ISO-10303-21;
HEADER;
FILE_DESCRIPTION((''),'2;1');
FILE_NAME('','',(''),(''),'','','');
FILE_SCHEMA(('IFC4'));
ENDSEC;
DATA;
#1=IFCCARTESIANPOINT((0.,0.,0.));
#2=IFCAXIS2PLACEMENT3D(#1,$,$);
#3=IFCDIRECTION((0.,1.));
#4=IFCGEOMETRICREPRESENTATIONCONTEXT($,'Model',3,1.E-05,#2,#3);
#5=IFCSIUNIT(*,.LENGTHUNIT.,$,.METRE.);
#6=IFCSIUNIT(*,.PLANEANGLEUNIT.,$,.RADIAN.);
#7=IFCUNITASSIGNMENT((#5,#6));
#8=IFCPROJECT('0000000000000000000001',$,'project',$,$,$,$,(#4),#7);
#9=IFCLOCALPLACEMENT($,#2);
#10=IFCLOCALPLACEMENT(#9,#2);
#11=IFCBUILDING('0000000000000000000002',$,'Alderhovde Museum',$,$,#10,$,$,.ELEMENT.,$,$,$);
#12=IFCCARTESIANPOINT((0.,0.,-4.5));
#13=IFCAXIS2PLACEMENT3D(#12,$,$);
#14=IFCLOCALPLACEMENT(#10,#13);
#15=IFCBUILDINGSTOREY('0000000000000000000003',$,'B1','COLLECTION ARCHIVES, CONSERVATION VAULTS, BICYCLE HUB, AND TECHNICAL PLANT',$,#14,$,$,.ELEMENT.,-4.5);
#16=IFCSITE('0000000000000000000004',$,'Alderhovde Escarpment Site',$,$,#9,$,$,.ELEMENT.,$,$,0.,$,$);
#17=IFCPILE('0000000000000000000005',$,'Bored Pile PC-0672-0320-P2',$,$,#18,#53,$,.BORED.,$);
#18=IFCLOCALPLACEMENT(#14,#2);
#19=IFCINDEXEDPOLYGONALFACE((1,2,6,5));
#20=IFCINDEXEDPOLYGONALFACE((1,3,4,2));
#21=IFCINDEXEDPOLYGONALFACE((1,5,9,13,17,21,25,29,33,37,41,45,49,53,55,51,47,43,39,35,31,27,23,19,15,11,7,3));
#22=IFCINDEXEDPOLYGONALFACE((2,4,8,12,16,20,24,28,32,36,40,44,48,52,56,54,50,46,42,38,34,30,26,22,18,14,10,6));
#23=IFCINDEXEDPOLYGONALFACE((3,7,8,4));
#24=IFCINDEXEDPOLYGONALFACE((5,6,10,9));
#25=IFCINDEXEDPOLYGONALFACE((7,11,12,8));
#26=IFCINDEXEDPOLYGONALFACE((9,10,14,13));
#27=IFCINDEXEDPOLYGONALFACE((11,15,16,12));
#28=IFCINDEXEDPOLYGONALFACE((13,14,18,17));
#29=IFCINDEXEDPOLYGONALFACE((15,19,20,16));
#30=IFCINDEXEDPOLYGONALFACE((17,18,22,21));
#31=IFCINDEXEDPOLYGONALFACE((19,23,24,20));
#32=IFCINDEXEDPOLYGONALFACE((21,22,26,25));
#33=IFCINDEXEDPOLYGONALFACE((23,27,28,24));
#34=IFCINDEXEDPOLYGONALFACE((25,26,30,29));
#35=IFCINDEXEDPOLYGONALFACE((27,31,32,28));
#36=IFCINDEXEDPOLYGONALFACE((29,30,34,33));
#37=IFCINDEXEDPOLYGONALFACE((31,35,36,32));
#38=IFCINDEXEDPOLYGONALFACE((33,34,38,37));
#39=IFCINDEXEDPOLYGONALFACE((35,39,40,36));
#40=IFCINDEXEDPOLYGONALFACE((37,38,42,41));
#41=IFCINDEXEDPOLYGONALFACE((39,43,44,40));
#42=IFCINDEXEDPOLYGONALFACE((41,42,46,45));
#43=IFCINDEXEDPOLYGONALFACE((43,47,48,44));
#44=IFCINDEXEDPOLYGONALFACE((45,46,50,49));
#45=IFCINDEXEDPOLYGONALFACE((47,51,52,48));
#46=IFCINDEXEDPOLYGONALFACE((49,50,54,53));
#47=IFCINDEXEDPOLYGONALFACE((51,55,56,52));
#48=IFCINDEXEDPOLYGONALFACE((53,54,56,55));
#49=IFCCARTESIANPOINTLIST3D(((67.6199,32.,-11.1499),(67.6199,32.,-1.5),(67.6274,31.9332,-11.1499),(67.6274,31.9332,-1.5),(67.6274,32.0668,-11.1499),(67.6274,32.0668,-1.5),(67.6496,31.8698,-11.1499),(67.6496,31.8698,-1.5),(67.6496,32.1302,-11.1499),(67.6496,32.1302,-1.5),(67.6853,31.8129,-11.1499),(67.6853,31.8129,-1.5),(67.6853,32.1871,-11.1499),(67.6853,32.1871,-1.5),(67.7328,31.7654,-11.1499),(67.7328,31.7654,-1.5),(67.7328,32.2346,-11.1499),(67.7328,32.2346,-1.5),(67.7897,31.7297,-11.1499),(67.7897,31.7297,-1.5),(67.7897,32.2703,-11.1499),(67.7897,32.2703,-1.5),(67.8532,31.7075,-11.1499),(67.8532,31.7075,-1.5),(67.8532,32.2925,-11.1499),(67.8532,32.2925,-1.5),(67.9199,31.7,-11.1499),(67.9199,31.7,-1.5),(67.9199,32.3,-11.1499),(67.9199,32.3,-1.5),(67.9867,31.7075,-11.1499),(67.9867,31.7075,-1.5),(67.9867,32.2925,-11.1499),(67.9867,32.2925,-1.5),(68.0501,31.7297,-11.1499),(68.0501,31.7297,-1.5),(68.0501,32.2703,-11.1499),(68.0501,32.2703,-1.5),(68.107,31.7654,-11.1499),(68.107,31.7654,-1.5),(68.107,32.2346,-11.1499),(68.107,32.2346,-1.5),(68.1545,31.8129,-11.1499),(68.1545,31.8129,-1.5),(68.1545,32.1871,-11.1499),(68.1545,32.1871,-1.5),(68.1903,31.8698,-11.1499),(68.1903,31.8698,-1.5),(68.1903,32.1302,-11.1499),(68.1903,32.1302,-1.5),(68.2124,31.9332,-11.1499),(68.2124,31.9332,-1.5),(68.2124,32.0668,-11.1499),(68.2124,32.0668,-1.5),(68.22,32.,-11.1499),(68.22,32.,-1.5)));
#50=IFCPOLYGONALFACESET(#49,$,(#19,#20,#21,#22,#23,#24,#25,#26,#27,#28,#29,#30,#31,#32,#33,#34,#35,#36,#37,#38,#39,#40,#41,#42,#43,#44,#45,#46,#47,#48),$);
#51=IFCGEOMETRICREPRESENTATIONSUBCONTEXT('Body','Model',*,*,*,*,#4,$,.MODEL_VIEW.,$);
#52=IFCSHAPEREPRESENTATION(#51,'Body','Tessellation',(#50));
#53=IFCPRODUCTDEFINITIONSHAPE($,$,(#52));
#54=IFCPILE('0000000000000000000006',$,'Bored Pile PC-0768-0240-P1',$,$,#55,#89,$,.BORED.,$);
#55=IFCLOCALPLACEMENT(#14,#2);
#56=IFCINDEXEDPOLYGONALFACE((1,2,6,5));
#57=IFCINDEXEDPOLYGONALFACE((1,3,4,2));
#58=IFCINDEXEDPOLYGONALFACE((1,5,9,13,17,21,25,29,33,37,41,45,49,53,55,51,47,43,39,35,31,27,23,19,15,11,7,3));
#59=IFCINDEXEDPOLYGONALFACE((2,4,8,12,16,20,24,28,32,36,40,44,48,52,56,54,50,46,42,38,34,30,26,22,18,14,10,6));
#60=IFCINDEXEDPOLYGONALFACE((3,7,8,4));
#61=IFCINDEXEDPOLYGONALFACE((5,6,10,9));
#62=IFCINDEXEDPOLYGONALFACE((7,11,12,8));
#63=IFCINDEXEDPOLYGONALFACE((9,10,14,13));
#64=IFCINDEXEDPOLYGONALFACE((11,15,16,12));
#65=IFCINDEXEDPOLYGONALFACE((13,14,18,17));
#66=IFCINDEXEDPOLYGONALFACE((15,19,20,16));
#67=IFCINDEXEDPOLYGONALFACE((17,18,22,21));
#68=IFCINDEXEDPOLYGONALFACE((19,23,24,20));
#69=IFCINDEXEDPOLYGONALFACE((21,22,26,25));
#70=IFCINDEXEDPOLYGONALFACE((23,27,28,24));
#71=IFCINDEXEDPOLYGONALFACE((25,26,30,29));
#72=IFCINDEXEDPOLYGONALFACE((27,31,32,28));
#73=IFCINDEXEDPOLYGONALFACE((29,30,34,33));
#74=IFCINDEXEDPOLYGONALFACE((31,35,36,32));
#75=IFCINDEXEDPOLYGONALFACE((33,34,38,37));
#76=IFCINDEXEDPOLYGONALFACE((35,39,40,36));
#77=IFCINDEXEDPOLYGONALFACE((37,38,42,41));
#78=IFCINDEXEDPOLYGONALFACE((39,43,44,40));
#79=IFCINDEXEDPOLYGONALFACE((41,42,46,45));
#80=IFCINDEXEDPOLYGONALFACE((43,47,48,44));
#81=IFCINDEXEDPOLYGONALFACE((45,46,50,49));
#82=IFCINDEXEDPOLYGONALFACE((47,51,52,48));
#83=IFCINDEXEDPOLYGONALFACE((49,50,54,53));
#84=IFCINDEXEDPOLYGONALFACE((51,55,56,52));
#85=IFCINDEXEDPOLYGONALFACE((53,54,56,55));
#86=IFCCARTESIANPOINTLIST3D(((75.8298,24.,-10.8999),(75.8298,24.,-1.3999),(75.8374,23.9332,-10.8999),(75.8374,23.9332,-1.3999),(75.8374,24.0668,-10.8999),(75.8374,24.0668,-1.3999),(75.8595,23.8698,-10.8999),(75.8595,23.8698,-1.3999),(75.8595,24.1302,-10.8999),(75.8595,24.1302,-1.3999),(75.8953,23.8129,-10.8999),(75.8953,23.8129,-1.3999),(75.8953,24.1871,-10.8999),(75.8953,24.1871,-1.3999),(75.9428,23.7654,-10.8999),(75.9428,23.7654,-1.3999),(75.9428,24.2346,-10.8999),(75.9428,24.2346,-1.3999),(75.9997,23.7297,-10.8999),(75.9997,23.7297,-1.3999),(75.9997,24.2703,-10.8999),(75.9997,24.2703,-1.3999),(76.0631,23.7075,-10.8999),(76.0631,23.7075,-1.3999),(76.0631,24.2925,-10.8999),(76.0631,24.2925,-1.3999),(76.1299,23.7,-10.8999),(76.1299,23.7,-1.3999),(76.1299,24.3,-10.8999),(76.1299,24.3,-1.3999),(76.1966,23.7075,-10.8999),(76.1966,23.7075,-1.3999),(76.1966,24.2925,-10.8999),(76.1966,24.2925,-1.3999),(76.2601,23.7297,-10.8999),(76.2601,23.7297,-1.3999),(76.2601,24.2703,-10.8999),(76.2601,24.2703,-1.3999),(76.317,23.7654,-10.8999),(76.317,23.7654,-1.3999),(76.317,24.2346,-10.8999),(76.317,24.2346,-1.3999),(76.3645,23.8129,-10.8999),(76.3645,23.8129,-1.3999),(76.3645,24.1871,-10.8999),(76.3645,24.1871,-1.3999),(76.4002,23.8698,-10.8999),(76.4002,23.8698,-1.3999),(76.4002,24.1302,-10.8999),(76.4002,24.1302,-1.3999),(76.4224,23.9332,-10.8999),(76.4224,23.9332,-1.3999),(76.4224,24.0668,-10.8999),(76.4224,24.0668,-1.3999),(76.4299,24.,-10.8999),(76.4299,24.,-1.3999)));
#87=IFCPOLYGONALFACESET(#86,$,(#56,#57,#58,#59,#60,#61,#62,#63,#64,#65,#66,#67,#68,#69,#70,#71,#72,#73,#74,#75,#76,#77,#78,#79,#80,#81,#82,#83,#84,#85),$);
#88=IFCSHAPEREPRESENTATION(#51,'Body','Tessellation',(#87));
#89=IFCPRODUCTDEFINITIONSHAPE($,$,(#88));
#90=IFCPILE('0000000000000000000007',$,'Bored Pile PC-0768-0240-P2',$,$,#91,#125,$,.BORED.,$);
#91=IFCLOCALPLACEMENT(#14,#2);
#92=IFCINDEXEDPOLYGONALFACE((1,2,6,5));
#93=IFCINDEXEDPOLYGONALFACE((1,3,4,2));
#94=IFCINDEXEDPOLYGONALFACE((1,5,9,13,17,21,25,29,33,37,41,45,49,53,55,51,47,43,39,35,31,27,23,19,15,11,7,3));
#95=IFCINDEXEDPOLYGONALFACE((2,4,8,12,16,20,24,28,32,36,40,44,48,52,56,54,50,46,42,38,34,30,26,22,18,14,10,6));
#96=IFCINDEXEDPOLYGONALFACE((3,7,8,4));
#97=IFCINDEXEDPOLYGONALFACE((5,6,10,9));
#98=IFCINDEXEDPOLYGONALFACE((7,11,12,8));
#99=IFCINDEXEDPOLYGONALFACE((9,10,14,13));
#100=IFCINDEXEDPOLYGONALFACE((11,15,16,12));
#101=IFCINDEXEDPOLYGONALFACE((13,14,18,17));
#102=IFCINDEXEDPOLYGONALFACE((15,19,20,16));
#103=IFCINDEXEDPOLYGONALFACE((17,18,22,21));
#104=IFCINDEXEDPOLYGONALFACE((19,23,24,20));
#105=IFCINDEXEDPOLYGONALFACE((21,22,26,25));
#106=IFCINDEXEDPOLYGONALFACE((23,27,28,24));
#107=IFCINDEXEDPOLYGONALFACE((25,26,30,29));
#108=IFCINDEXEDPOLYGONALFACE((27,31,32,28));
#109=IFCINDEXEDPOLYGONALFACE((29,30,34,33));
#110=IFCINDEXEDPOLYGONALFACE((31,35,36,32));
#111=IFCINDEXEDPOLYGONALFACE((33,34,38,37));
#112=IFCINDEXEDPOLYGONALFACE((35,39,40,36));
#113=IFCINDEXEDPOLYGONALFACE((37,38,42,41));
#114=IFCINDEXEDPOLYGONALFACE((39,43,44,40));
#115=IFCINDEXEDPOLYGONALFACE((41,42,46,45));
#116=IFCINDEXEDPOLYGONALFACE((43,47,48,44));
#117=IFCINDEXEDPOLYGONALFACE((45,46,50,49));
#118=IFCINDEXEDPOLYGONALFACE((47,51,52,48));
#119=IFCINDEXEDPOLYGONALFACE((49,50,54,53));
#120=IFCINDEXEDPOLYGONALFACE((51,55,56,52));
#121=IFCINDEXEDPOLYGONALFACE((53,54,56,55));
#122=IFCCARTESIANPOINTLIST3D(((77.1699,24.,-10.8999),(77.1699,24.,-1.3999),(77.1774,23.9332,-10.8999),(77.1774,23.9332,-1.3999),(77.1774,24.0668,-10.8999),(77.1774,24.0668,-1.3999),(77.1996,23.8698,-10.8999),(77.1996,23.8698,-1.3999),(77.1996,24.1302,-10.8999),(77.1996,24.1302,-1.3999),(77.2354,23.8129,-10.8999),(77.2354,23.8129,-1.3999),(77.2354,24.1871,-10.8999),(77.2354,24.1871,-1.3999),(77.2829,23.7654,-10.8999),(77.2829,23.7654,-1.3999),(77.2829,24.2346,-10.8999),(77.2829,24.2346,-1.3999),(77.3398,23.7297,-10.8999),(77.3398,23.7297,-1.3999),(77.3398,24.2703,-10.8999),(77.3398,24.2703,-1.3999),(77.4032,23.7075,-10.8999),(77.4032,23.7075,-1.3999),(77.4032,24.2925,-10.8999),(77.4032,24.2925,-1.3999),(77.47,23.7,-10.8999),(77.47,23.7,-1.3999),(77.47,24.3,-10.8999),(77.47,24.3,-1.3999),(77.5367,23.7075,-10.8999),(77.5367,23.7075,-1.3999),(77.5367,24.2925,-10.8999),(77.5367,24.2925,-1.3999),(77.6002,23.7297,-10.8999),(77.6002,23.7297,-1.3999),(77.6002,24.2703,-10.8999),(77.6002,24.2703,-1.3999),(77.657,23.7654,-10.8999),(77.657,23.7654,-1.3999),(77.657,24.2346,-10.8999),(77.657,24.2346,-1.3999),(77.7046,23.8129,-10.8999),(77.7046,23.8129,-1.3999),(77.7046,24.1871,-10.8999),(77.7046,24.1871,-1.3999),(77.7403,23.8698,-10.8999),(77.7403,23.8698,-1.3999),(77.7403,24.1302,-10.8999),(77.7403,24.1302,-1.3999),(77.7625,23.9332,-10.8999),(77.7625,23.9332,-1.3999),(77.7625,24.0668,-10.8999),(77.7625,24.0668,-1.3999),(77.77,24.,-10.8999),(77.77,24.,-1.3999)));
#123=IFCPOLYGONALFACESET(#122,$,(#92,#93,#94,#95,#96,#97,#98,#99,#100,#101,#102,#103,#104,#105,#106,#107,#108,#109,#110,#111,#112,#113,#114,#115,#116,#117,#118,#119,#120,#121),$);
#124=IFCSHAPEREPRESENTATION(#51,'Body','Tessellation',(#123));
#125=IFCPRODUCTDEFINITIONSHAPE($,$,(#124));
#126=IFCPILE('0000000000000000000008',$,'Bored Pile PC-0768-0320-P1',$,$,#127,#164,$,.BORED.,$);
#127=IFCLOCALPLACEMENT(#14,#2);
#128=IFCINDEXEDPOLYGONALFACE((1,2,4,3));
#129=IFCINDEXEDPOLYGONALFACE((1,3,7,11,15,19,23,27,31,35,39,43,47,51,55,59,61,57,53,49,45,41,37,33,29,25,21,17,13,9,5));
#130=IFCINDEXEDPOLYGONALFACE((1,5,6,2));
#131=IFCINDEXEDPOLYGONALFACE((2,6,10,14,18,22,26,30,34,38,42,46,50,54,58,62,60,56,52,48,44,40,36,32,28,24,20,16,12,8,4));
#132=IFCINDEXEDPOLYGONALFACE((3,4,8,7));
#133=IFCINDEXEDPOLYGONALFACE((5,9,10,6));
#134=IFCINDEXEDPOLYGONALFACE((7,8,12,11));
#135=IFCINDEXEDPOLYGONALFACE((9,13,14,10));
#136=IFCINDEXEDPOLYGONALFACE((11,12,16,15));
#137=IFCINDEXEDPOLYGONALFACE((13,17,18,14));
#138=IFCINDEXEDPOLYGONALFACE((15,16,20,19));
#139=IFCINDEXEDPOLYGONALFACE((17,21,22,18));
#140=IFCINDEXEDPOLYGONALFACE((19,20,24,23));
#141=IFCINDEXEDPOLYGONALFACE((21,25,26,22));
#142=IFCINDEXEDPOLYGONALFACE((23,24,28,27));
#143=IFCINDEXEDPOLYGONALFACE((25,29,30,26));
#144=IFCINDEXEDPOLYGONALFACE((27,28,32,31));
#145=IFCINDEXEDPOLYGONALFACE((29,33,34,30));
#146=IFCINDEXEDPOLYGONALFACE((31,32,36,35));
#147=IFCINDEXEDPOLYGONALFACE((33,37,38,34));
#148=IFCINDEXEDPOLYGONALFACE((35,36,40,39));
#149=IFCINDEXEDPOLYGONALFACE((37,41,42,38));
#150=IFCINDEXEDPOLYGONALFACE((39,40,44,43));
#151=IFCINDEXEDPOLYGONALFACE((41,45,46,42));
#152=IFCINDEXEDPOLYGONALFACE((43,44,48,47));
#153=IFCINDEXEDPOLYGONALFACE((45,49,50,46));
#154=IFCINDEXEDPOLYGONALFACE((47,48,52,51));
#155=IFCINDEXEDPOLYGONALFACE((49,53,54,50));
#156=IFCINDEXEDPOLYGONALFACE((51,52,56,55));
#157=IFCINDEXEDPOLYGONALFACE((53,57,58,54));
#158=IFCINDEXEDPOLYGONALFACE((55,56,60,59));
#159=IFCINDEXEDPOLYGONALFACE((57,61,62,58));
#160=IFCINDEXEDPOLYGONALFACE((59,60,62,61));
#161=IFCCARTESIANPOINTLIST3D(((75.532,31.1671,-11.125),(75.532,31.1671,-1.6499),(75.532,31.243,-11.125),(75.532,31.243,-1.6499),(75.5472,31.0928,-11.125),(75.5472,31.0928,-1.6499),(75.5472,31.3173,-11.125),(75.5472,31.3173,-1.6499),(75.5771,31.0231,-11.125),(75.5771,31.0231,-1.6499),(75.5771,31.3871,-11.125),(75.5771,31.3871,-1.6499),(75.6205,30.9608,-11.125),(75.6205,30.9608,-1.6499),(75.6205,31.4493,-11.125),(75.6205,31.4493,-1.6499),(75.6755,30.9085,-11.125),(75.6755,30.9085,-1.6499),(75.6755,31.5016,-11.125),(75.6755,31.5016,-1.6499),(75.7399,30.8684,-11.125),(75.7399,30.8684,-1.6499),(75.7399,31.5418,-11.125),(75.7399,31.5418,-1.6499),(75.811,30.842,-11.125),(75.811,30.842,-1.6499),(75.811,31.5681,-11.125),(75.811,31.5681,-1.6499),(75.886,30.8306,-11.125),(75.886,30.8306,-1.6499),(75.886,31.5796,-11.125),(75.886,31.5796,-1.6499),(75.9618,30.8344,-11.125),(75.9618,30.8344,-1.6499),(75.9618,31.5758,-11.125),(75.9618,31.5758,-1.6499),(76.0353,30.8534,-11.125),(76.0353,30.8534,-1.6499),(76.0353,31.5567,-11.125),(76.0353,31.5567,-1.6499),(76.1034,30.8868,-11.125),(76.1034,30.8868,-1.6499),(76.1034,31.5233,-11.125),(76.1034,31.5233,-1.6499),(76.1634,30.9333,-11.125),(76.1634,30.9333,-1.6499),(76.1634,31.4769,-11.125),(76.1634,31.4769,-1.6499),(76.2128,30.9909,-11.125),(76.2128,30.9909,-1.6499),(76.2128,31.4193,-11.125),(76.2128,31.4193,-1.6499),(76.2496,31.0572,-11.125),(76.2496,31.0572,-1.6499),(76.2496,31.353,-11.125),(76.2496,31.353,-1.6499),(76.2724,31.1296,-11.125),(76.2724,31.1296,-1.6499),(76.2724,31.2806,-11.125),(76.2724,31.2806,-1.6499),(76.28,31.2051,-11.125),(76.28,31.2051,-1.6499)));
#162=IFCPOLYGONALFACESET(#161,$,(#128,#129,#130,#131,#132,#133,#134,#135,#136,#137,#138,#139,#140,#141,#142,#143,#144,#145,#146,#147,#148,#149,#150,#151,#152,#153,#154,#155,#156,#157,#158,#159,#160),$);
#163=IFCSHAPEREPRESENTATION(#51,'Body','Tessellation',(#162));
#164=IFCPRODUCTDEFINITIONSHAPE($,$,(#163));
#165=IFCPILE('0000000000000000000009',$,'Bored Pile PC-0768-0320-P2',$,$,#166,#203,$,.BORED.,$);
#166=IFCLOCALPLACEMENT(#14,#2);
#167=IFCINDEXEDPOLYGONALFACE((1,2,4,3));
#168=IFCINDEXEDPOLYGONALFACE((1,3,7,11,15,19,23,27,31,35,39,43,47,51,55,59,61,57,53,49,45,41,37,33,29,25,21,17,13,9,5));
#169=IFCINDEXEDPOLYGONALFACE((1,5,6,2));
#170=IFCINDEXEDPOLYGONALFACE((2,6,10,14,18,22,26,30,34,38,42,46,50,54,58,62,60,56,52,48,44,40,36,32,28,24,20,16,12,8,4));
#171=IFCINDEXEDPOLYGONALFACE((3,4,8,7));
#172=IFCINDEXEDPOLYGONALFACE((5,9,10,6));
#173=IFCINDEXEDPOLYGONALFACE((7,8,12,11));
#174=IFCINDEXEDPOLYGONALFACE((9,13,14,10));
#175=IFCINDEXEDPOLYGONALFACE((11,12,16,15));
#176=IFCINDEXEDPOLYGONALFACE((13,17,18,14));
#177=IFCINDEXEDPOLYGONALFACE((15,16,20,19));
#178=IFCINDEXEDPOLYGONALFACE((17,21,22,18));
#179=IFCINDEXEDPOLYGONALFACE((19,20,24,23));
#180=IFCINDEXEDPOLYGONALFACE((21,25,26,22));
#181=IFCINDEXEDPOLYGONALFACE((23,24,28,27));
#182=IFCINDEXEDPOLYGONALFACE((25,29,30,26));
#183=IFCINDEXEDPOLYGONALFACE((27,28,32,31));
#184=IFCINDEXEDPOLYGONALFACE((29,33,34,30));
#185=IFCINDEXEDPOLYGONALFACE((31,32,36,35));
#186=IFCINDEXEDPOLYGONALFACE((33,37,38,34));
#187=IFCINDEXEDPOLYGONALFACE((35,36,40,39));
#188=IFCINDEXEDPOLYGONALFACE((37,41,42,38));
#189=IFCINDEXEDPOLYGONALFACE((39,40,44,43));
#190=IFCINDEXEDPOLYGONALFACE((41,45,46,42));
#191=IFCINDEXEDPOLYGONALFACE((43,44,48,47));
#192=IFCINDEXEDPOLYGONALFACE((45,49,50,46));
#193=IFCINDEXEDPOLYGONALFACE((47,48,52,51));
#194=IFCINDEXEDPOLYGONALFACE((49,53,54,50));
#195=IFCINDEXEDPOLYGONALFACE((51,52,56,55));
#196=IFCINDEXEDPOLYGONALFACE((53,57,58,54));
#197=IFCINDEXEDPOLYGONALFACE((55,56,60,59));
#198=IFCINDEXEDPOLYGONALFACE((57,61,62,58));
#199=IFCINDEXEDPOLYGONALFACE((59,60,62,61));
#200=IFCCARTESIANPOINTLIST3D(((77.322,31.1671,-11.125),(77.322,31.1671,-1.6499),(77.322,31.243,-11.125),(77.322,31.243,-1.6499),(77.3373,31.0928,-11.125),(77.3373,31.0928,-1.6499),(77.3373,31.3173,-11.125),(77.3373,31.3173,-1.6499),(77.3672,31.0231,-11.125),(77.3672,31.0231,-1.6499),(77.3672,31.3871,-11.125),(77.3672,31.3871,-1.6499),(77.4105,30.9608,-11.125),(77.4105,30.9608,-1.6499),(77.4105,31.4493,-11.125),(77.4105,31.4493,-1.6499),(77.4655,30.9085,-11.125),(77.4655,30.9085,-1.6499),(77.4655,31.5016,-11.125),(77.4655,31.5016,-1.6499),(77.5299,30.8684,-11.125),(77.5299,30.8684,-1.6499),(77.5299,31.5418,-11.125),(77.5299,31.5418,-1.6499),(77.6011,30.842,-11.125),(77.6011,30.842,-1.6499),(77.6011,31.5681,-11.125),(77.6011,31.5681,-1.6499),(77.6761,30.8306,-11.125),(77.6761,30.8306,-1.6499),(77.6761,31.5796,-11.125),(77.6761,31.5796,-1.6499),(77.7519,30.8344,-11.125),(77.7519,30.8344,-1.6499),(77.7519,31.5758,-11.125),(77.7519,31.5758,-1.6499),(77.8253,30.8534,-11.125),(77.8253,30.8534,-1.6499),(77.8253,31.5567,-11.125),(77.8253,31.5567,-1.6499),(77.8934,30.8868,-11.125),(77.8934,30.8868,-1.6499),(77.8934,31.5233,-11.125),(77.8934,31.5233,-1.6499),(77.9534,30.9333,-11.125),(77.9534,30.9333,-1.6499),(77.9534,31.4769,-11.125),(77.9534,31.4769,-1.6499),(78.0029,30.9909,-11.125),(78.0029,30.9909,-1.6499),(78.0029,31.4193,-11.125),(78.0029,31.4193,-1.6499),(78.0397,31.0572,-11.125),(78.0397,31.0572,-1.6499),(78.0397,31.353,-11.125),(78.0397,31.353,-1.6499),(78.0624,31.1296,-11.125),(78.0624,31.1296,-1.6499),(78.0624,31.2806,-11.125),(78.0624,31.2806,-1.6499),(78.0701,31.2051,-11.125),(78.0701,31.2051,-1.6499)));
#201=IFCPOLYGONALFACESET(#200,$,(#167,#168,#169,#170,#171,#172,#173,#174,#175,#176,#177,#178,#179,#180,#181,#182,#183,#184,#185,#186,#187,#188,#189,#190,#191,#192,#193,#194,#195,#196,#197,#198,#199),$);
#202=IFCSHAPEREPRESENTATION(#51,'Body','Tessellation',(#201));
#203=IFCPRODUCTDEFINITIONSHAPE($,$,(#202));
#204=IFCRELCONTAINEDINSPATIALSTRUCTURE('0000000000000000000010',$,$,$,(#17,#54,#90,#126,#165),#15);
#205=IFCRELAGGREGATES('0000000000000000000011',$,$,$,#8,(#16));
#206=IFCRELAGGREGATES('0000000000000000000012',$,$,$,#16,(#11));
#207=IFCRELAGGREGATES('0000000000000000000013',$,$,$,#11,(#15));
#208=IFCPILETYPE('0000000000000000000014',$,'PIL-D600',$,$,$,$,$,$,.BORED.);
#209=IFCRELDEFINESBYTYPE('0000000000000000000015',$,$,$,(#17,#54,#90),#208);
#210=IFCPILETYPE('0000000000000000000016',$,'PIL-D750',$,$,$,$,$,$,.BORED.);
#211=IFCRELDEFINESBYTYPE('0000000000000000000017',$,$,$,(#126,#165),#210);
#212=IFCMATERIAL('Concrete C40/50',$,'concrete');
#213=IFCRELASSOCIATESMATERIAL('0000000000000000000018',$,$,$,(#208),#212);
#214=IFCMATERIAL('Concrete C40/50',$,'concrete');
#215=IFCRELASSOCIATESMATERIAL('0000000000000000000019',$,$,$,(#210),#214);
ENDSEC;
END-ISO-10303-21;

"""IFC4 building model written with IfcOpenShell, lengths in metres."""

from ifc_helpers import new_model, si_unit, direction, frame, origin, origin_2d, place, context, subcontext, project, spatial, circle, extrude, material, material_profile, profile_set, type_object, element, save


model = new_model("IFC4")

# Units and contexts
model_context = context("Model", 3, precision=1e-05, world=origin(), true_north=direction((0.0, 1.0)))
body_context = subcontext(model_context, "Body", "Model", "MODEL_VIEW")
ifc_project = project(units=[si_unit("LENGTHUNIT", "METRE"), si_unit("PLANEANGLEUNIT", "RADIAN")], contexts=[model_context])

# Site, building, storey
site_placement = place(None, origin())
site = spatial("IfcSite", under=ifc_project, at=site_placement, Name="Alderhovde Escarpment Site", CompositionType="ELEMENT", RefElevation=0.0)
building_placement = place(site_placement, origin())
building = spatial("IfcBuilding", under=site, at=building_placement, Name="Alderhovde Museum", CompositionType="ELEMENT")
storey_placement = place(building_placement, frame((0.0, 0.0, -4.5)))
storey = spatial("IfcBuildingStorey", under=building, at=storey_placement, Name="B1", Description="COLLECTION ARCHIVES, CONSERVATION VAULTS, BICYCLE HUB, AND TECHNICAL PLANT", CompositionType="ELEMENT", Elevation=-4.5)

# Piles
ifc_material_1 = material(Name="Concrete C40/50", Category="concrete")
ifc_material_profile_1 = material_profile(ifc_material_1, circle(Radius=0.3, at=origin_2d()), Name="PILE-D600")
ifc_profile_set_1 = profile_set([ifc_material_profile_1], Name="Concrete C40/50")
pile_type_1 = type_object("IfcPileType", Name="PIL-D600", PredefinedType="BORED", material=ifc_profile_set_1)
pile_1_placement = place(storey_placement, frame((67.9199, 32.0, -1.5), z_axis=(0.0, 0.0, -1.0), x_axis=(1.0, 0.0, 0.0)))
element("IfcPile", 1, at=pile_1_placement, inside=storey, type_object=pile_type_1, Name="Bored Pile PC-0672-0320-P2", PredefinedType="BORED", context=body_context, shape_type="SweptSolid", body=[
    extrude(circle(Radius=0.3, at=origin_2d()), origin(), (0.0, 0.0, 1.0), 9.6499),
])
for number, where, z_axis, x_axis, name in (
    (2, (76.1299, 24.0, -1.3999), (0.0, 0.0, -1.0), (1.0, 0.0, 0.0), "Bored Pile PC-0768-0240-P1"),
    (3, (77.47, 24.0, -1.3999), (0.0, 0.0, -1.0), (1.0, 0.0, 0.0), "Bored Pile PC-0768-0240-P2"),
):
    element("IfcPile", number, at=place(storey_placement, frame(where, z_axis=z_axis, x_axis=x_axis)), inside=storey, type_object=pile_type_1, Name=name, PredefinedType="BORED", context=body_context, shape_type="SweptSolid", body=[
        extrude(circle(Radius=0.3, at=origin_2d()), origin(), (0.0, 0.0, 1.0), 9.5),
    ])
ifc_material_2 = material(Name="Concrete C40/50", Category="concrete")
ifc_material_profile_2 = material_profile(ifc_material_2, circle(Radius=0.375, at=origin_2d()), Name="PILE-D750")
ifc_profile_set_2 = profile_set([ifc_material_profile_2], Name="Concrete C40/50")
pile_type_2 = type_object("IfcPileType", Name="PIL-D750", PredefinedType="BORED", material=ifc_profile_set_2)
for number, where, z_axis, x_axis, name in (
    (4, (75.905, 31.2051, -1.6499), (0.0, 0.0, -1.0), (1.0, 0.0, 0.0), "Bored Pile PC-0768-0320-P1"),
    (5, (77.6951, 31.2051, -1.6499), (0.0, 0.0, -1.0), (1.0, 0.0, 0.0), "Bored Pile PC-0768-0320-P2"),
):
    element("IfcPile", number, at=place(storey_placement, frame(where, z_axis=z_axis, x_axis=x_axis)), inside=storey, type_object=pile_type_2, Name=name, PredefinedType="BORED", context=body_context, shape_type="SweptSolid", body=[
        extrude(circle(Radius=0.375, at=origin_2d()), origin(), (0.0, 0.0, 1.0), 9.4751),
    ])

save(model, "model.ifc")
